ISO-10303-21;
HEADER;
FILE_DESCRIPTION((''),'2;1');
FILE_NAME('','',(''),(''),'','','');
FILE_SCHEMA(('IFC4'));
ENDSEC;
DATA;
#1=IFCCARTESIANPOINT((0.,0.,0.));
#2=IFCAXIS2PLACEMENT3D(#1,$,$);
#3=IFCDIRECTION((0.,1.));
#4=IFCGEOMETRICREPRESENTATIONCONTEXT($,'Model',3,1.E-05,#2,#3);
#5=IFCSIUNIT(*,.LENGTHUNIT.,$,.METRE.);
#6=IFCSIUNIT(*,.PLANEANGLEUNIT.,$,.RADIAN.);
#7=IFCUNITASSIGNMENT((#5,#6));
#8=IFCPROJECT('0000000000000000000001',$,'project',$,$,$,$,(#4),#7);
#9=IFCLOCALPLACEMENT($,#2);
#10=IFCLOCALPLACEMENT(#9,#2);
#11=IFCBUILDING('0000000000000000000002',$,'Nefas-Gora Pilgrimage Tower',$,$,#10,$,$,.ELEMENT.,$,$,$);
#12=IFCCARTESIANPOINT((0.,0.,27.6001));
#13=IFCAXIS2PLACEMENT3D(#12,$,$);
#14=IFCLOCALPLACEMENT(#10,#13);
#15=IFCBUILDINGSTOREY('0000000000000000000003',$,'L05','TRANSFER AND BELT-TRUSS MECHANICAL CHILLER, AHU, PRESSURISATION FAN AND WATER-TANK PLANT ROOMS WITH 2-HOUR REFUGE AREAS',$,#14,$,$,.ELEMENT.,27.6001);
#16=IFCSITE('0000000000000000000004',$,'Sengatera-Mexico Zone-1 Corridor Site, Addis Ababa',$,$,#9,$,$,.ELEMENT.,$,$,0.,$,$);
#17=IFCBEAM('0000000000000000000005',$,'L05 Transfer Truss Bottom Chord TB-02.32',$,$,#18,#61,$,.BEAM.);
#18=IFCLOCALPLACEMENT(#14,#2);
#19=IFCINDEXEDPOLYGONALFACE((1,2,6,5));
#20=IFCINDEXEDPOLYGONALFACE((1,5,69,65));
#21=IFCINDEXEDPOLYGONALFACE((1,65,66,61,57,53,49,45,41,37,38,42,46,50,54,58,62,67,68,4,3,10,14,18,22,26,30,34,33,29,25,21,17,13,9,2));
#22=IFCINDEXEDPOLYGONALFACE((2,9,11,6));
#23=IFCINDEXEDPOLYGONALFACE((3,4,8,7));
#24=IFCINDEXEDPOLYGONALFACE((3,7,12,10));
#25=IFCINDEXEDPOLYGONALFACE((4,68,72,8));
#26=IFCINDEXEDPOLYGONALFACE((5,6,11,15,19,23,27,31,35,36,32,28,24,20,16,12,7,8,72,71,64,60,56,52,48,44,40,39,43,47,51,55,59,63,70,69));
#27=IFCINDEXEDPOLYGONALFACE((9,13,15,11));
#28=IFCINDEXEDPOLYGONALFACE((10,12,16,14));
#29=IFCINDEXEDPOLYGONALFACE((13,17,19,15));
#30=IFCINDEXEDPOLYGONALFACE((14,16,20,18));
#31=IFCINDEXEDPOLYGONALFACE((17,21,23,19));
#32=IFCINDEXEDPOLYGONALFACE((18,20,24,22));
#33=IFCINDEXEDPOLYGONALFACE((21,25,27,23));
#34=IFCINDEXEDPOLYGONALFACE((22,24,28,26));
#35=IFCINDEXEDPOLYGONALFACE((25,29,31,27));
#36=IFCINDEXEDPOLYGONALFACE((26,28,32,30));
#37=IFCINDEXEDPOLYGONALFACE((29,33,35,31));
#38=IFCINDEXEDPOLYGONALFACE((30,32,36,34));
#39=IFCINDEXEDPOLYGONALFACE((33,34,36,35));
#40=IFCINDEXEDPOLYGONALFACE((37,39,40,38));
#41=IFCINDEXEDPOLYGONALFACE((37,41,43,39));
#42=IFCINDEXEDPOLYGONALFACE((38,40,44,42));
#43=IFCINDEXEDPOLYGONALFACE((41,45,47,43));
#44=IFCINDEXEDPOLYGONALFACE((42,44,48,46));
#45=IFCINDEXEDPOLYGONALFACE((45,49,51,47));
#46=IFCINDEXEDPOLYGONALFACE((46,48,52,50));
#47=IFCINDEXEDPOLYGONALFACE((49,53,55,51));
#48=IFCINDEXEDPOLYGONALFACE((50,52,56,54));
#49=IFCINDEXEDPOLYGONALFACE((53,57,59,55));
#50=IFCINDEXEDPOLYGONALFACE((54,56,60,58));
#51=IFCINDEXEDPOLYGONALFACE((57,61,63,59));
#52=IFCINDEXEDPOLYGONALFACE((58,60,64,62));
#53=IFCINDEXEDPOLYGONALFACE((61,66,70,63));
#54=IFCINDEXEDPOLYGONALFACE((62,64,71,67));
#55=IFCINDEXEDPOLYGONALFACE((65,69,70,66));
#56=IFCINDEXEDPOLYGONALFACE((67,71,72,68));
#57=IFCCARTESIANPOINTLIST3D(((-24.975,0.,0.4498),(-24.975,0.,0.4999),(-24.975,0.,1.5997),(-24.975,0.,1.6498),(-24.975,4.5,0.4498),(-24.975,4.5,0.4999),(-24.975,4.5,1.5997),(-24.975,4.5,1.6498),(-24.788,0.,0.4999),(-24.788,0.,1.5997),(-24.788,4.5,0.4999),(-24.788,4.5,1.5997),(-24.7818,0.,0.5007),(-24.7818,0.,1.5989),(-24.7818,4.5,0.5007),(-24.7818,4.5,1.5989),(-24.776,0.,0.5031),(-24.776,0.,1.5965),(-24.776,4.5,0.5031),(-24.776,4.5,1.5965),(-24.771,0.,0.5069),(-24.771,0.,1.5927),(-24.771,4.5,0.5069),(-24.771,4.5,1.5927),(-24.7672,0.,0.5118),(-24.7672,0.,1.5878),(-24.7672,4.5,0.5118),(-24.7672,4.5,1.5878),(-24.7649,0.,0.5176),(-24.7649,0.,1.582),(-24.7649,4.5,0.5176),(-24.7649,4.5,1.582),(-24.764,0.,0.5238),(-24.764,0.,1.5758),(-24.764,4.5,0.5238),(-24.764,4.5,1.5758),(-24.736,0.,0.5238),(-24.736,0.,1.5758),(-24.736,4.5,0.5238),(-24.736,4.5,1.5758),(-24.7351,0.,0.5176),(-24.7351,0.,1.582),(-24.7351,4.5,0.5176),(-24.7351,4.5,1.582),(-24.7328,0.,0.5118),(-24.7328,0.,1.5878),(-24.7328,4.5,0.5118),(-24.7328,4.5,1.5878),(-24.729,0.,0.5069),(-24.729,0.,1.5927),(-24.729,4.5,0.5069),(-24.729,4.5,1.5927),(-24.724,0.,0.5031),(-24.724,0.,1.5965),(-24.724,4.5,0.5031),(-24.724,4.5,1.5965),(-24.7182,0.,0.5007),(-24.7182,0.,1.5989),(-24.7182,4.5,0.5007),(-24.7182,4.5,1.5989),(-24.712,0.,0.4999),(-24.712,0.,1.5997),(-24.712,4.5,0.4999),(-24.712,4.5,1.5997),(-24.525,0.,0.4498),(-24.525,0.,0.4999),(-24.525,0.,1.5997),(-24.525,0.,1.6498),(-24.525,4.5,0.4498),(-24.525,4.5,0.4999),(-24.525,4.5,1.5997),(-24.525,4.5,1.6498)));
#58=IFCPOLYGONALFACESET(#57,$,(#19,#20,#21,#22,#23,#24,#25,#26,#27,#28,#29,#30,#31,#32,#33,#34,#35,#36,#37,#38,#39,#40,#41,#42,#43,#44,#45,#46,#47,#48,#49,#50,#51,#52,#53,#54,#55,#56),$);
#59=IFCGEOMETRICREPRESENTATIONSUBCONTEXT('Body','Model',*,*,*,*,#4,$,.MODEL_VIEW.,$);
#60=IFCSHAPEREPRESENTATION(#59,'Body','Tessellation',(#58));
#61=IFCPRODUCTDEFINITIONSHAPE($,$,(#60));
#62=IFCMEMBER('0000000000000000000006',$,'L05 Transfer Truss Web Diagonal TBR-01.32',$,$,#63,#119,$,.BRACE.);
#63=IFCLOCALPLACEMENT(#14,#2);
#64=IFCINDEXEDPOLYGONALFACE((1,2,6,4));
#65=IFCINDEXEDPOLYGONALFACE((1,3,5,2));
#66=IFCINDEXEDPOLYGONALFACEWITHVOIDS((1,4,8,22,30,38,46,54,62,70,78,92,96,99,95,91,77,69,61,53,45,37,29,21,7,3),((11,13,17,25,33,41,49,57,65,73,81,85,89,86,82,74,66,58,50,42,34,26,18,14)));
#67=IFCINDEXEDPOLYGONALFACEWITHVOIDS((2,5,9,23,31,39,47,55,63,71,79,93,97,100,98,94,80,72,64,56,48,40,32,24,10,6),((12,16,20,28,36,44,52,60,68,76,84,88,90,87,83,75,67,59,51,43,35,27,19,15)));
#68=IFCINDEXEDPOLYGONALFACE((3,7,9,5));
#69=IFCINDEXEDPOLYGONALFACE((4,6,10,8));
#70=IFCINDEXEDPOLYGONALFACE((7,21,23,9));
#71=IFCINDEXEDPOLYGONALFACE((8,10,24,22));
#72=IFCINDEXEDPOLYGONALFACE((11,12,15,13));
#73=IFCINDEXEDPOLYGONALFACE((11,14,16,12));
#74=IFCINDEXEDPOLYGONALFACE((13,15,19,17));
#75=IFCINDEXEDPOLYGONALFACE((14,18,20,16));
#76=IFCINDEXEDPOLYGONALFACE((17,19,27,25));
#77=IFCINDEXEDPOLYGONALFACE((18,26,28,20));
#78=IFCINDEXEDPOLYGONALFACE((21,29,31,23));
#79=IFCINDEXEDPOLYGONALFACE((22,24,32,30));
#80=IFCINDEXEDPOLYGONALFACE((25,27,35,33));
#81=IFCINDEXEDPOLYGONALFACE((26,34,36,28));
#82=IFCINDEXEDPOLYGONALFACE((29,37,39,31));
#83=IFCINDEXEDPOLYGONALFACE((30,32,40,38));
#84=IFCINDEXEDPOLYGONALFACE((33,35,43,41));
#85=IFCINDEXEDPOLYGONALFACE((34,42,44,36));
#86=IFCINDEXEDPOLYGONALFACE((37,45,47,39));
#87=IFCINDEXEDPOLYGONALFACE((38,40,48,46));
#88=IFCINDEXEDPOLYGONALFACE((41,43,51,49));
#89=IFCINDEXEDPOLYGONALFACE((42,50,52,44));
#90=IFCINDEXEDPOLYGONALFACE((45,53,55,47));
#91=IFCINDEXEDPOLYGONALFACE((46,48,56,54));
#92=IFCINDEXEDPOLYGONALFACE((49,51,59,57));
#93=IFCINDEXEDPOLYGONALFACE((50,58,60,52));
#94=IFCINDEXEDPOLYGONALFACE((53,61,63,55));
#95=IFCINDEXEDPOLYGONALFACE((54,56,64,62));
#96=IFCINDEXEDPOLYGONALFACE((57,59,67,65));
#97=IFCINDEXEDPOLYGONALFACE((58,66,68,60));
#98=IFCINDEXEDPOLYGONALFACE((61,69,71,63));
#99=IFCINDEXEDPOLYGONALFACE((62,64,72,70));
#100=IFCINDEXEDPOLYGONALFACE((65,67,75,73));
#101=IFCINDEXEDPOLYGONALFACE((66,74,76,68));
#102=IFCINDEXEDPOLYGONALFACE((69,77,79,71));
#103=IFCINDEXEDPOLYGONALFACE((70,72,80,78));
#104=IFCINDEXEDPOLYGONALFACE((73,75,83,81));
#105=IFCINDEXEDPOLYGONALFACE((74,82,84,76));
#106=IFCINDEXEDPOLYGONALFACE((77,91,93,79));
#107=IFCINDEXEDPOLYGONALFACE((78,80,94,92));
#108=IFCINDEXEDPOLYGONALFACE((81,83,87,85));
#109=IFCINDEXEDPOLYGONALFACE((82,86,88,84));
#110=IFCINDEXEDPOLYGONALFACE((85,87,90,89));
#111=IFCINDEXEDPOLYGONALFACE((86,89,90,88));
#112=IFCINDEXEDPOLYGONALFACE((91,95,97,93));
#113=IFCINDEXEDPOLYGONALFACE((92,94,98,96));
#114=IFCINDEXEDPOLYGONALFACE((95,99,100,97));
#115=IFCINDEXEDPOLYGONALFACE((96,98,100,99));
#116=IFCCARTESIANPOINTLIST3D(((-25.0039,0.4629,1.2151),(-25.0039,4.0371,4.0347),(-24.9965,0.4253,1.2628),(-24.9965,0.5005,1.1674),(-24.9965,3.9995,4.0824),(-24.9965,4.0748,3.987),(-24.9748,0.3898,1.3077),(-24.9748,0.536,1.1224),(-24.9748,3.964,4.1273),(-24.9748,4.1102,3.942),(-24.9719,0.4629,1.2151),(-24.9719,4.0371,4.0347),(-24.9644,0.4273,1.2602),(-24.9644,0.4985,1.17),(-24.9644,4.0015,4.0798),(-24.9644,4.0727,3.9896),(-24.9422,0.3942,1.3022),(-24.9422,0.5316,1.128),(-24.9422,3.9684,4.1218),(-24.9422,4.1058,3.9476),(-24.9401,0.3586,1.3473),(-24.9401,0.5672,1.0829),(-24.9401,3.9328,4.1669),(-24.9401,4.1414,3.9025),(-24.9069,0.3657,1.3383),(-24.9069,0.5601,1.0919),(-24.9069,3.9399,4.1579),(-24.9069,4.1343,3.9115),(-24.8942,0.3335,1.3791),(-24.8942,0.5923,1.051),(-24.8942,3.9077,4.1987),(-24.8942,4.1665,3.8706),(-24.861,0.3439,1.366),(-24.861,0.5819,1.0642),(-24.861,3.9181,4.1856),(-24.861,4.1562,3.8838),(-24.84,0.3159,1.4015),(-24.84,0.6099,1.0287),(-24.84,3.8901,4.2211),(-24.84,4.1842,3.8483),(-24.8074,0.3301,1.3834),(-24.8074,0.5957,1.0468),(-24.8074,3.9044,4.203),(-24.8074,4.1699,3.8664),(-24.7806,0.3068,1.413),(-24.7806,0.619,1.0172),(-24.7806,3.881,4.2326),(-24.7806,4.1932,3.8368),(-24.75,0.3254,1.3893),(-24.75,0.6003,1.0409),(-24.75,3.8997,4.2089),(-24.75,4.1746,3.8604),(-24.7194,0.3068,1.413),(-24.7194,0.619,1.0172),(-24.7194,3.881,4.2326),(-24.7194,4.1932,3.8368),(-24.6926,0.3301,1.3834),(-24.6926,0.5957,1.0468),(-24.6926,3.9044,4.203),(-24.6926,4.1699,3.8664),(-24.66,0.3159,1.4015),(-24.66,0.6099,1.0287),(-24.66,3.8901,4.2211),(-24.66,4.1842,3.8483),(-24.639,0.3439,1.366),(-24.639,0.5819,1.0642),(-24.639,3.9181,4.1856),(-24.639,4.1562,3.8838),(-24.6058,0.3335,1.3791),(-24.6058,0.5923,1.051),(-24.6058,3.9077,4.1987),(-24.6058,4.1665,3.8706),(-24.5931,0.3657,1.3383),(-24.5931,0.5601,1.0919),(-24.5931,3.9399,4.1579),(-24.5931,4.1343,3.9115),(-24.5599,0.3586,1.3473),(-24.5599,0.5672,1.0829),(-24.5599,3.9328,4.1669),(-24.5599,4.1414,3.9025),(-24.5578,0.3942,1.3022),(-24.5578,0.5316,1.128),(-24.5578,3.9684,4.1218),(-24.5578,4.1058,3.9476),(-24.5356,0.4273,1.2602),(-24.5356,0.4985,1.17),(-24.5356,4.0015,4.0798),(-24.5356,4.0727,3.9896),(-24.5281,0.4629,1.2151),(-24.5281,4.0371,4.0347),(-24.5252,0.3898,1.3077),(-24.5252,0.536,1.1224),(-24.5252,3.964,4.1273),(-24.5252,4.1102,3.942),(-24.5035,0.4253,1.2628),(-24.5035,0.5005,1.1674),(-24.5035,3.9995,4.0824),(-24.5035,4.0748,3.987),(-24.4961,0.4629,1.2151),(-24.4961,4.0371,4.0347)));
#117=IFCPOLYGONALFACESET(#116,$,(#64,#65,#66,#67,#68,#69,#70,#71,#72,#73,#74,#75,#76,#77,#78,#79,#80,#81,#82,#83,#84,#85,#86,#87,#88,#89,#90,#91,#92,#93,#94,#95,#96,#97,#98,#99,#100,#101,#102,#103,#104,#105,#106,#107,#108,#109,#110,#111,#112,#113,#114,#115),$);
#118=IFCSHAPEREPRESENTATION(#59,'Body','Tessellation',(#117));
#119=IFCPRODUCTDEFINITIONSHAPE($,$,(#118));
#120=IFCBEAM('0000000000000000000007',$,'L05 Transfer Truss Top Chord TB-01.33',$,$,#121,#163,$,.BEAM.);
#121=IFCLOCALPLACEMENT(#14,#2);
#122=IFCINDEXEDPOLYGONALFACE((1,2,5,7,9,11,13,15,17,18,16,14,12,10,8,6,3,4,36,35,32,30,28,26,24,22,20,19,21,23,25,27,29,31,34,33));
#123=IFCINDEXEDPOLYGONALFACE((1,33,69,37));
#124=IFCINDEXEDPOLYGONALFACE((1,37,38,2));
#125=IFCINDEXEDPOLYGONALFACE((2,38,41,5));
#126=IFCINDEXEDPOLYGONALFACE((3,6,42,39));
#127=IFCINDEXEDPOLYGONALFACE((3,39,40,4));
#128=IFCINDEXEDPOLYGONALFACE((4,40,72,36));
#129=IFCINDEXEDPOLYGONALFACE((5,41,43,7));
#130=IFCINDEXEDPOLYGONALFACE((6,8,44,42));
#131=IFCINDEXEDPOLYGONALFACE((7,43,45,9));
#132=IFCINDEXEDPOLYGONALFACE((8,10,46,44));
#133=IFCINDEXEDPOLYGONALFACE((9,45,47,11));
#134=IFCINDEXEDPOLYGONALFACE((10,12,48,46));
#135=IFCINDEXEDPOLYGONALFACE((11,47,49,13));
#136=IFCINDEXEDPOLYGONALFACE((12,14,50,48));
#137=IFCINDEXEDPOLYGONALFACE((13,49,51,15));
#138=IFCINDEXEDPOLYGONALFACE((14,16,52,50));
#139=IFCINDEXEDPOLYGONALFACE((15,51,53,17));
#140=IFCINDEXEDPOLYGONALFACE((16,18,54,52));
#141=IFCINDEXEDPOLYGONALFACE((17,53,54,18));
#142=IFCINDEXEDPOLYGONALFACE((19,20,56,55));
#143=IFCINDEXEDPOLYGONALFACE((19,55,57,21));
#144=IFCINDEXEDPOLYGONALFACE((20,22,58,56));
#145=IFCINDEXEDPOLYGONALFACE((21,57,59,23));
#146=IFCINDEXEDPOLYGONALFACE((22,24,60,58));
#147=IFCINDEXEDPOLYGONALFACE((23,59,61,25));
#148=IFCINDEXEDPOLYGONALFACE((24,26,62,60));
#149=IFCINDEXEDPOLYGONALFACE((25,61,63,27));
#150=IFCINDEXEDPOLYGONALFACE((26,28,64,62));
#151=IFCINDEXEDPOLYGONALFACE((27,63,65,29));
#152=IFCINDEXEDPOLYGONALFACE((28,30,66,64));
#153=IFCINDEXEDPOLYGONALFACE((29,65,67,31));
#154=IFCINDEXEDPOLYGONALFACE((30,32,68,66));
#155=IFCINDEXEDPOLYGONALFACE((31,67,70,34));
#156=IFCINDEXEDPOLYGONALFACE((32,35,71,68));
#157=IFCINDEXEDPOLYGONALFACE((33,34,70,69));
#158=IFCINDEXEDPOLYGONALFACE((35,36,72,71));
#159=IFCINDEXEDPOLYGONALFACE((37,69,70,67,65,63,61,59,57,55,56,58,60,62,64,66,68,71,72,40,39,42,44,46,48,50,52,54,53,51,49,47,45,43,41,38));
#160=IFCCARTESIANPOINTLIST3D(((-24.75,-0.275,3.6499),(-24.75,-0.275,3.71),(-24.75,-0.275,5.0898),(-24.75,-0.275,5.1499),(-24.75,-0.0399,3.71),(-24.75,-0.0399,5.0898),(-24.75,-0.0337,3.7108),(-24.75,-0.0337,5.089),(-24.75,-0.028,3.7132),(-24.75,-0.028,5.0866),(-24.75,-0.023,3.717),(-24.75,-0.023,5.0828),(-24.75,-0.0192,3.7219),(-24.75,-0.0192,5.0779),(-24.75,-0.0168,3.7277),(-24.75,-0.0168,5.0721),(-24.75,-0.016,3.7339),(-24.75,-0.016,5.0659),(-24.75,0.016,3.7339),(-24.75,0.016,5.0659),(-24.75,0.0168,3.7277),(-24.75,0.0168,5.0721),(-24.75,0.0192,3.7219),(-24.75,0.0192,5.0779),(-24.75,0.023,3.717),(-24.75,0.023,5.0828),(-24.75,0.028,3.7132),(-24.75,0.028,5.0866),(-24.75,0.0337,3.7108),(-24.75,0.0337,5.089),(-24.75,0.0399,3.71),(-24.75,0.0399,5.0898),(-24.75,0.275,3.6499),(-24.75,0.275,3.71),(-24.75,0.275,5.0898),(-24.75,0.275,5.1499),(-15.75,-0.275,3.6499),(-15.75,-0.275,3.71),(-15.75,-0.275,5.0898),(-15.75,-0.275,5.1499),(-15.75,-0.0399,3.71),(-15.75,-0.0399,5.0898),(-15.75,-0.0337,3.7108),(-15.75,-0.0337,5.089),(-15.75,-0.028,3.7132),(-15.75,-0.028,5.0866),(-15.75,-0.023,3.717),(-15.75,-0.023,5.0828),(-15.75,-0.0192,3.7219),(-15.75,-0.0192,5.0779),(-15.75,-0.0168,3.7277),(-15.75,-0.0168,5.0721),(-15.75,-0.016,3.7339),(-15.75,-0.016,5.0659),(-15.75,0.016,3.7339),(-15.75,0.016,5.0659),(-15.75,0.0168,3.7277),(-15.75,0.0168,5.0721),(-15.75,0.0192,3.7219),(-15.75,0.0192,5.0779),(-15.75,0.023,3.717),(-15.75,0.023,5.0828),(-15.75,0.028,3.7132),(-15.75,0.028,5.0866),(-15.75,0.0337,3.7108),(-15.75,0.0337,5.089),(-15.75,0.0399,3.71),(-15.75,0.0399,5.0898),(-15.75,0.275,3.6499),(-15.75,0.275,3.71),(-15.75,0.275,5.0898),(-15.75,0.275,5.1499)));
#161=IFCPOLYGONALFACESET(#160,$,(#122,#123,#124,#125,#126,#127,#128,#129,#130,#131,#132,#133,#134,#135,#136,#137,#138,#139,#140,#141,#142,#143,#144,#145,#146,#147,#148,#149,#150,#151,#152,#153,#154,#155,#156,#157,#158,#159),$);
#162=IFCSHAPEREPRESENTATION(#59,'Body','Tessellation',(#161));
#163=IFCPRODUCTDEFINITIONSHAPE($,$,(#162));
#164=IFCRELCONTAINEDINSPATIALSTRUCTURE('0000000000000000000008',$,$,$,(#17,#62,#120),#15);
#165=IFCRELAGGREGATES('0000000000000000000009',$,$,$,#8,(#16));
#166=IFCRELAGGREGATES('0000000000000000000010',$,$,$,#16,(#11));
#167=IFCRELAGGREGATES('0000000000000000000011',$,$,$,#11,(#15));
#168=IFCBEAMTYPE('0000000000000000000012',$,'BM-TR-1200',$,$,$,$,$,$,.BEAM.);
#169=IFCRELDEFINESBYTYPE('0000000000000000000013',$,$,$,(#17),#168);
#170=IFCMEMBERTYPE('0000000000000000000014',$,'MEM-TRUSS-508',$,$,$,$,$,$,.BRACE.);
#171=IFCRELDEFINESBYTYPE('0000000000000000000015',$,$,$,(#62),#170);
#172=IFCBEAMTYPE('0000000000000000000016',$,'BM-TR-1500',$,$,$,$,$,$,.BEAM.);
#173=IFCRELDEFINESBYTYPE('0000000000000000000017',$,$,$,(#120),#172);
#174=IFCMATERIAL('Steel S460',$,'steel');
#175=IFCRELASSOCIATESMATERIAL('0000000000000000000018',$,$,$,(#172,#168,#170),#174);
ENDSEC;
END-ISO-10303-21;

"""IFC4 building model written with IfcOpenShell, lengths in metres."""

from ifc_helpers import new_model, si_unit, direction, frame, origin, origin_2d, place, context, subcontext, project, spatial, hollow_circle, i_section, extrude, source, transform, mapped, material, material_profile, profile_set, type_object, element, save


model = new_model("IFC4")

# Units and contexts
model_context = context("Model", 3, precision=1e-05, world=origin(), true_north=direction((0.0, 1.0)))
body_context = subcontext(model_context, "Body", "Model", "MODEL_VIEW")
ifc_project = project(units=[si_unit("LENGTHUNIT", "METRE"), si_unit("PLANEANGLEUNIT", "RADIAN")], contexts=[model_context])

# Site, building, storey
site_placement = place(None, origin())
site = spatial("IfcSite", under=ifc_project, at=site_placement, Name="Sengatera-Mexico Zone-1 Corridor Site, Addis Ababa", CompositionType="ELEMENT", RefElevation=0.0)
building_placement = place(site_placement, origin())
building = spatial("IfcBuilding", under=site, at=building_placement, Name="Nefas-Gora Pilgrimage Tower", CompositionType="ELEMENT")
storey_placement = place(building_placement, frame((0.0, 0.0, 27.6001)))
storey = spatial("IfcBuildingStorey", under=building, at=storey_placement, Name="L05", Description="TRANSFER AND BELT-TRUSS MECHANICAL CHILLER, AHU, PRESSURISATION FAN AND WATER-TANK PLANT ROOMS WITH 2-HOUR REFUGE AREAS", CompositionType="ELEMENT", Elevation=27.6001)

# Shared definitions
ifc_material_1 = material(Name="Steel S460", Category="steel")

# Beam
ifc_material_profile_1 = material_profile(ifc_material_1, i_section(OverallWidth=0.55, OverallDepth=1.5, WebThickness=0.032, FlangeThickness=0.0601, FilletRadius=0.0239, at=origin_2d()), Name="WPG 1500x550x32x60")
ifc_profile_set_1 = profile_set([ifc_material_profile_1], Name="Steel S460")
beam_type_1 = type_object("IfcBeamType", Name="BM-TR-1500", PredefinedType="BEAM", material=ifc_profile_set_1)
ifc_material_profile_2 = material_profile(ifc_material_1, i_section(OverallWidth=0.45, OverallDepth=1.2, WebThickness=0.0281, FlangeThickness=0.05, FilletRadius=0.0239, at=origin_2d()), Name="WPG 1200x450x28x50")
ifc_profile_set_2 = profile_set([ifc_material_profile_2], Name="Steel S460")
beam_type_2 = type_object("IfcBeamType", Name="BM-TR-1200", PredefinedType="BEAM", material=ifc_profile_set_2)
shared_shape_1 = source(origin(), body_context, "Body", "SweptSolid", [
    extrude(i_section(OverallWidth=0.45, OverallDepth=1.2, WebThickness=0.0281, FlangeThickness=0.05, FilletRadius=0.0239, at=origin_2d()), origin(), (0.0, 0.0, 1.0), 4.5),
])
beam_placement = place(storey_placement, frame((-24.75, 0.0, 1.0498), z_axis=(0.0, 1.0, 0.0), x_axis=(-1.0, 0.0, 0.0)))
element("IfcBeam", 1, at=beam_placement, inside=storey, type_object=beam_type_2, Name="L05 Transfer Truss Bottom Chord TB-02.32", PredefinedType="BEAM", context=body_context, shape_type="MappedRepresentation", body=[
    mapped(shared_shape_1, transform((0.0, 0.0, 0.0), x_axis=(1.0, 0.0, 0.0), y_axis=(0.0, 1.0, 0.0), z_axis=(0.0, 0.0, 1.0), scale=1.0)),
])

# Member
ifc_material_profile_3 = material_profile(ifc_material_1, hollow_circle(Radius=0.2539, WallThickness=0.032, at=origin_2d()), Name="CHS 508x32")
ifc_profile_set_3 = profile_set([ifc_material_profile_3], Name="Steel S460")
member_type = type_object("IfcMemberType", Name="MEM-TRUSS-508", PredefinedType="BRACE", material=ifc_profile_set_3)
shared_shape_2 = source(origin(), body_context, "Body", "SweptSolid", [
    extrude(hollow_circle(Radius=0.2539, WallThickness=0.032, at=origin_2d()), origin(), (0.0, 0.0, 1.0), 4.5525),
])
member_placement = place(storey_placement, frame((-24.75, 0.4629, 1.2151), z_axis=(0.0, 0.785115, 0.61935), x_axis=(-1.0, 0.0, 0.0)))
element("IfcMember", 2, at=member_placement, inside=storey, type_object=member_type, Name="L05 Transfer Truss Web Diagonal TBR-01.32", PredefinedType="BRACE", context=body_context, shape_type="MappedRepresentation", body=[
    mapped(shared_shape_2, transform((0.0, 0.0, 0.0), x_axis=(1.0, 0.0, 0.0), y_axis=(0.0, 1.0, 0.0), z_axis=(0.0, 0.0, 1.0), scale=1.0)),
])

# Beam
shared_shape_3 = source(origin(), body_context, "Body", "SweptSolid", [
    extrude(i_section(OverallWidth=0.55, OverallDepth=1.5, WebThickness=0.032, FlangeThickness=0.0601, FilletRadius=0.0239, at=origin_2d()), origin(), (0.0, 0.0, 1.0), 9.0),
])
for number, where, z_axis, x_axis, name in (
    (3, (-24.75, 0.0, 4.3999), (1.0, 0.0, 0.0), (0.0, 1.0, 0.0), "L05 Transfer Truss Top Chord TB-01.33"),
):
    element("IfcBeam", number, at=place(storey_placement, frame(where, z_axis=z_axis, x_axis=x_axis)), inside=storey, type_object=beam_type_1, Name=name, PredefinedType="BEAM", context=body_context, shape_type="MappedRepresentation", body=[
        mapped(shared_shape_3, transform((0.0, 0.0, 0.0), x_axis=(1.0, 0.0, 0.0), y_axis=(0.0, 1.0, 0.0), z_axis=(0.0, 0.0, 1.0), scale=1.0)),
    ])

save(model, "model.ifc")
